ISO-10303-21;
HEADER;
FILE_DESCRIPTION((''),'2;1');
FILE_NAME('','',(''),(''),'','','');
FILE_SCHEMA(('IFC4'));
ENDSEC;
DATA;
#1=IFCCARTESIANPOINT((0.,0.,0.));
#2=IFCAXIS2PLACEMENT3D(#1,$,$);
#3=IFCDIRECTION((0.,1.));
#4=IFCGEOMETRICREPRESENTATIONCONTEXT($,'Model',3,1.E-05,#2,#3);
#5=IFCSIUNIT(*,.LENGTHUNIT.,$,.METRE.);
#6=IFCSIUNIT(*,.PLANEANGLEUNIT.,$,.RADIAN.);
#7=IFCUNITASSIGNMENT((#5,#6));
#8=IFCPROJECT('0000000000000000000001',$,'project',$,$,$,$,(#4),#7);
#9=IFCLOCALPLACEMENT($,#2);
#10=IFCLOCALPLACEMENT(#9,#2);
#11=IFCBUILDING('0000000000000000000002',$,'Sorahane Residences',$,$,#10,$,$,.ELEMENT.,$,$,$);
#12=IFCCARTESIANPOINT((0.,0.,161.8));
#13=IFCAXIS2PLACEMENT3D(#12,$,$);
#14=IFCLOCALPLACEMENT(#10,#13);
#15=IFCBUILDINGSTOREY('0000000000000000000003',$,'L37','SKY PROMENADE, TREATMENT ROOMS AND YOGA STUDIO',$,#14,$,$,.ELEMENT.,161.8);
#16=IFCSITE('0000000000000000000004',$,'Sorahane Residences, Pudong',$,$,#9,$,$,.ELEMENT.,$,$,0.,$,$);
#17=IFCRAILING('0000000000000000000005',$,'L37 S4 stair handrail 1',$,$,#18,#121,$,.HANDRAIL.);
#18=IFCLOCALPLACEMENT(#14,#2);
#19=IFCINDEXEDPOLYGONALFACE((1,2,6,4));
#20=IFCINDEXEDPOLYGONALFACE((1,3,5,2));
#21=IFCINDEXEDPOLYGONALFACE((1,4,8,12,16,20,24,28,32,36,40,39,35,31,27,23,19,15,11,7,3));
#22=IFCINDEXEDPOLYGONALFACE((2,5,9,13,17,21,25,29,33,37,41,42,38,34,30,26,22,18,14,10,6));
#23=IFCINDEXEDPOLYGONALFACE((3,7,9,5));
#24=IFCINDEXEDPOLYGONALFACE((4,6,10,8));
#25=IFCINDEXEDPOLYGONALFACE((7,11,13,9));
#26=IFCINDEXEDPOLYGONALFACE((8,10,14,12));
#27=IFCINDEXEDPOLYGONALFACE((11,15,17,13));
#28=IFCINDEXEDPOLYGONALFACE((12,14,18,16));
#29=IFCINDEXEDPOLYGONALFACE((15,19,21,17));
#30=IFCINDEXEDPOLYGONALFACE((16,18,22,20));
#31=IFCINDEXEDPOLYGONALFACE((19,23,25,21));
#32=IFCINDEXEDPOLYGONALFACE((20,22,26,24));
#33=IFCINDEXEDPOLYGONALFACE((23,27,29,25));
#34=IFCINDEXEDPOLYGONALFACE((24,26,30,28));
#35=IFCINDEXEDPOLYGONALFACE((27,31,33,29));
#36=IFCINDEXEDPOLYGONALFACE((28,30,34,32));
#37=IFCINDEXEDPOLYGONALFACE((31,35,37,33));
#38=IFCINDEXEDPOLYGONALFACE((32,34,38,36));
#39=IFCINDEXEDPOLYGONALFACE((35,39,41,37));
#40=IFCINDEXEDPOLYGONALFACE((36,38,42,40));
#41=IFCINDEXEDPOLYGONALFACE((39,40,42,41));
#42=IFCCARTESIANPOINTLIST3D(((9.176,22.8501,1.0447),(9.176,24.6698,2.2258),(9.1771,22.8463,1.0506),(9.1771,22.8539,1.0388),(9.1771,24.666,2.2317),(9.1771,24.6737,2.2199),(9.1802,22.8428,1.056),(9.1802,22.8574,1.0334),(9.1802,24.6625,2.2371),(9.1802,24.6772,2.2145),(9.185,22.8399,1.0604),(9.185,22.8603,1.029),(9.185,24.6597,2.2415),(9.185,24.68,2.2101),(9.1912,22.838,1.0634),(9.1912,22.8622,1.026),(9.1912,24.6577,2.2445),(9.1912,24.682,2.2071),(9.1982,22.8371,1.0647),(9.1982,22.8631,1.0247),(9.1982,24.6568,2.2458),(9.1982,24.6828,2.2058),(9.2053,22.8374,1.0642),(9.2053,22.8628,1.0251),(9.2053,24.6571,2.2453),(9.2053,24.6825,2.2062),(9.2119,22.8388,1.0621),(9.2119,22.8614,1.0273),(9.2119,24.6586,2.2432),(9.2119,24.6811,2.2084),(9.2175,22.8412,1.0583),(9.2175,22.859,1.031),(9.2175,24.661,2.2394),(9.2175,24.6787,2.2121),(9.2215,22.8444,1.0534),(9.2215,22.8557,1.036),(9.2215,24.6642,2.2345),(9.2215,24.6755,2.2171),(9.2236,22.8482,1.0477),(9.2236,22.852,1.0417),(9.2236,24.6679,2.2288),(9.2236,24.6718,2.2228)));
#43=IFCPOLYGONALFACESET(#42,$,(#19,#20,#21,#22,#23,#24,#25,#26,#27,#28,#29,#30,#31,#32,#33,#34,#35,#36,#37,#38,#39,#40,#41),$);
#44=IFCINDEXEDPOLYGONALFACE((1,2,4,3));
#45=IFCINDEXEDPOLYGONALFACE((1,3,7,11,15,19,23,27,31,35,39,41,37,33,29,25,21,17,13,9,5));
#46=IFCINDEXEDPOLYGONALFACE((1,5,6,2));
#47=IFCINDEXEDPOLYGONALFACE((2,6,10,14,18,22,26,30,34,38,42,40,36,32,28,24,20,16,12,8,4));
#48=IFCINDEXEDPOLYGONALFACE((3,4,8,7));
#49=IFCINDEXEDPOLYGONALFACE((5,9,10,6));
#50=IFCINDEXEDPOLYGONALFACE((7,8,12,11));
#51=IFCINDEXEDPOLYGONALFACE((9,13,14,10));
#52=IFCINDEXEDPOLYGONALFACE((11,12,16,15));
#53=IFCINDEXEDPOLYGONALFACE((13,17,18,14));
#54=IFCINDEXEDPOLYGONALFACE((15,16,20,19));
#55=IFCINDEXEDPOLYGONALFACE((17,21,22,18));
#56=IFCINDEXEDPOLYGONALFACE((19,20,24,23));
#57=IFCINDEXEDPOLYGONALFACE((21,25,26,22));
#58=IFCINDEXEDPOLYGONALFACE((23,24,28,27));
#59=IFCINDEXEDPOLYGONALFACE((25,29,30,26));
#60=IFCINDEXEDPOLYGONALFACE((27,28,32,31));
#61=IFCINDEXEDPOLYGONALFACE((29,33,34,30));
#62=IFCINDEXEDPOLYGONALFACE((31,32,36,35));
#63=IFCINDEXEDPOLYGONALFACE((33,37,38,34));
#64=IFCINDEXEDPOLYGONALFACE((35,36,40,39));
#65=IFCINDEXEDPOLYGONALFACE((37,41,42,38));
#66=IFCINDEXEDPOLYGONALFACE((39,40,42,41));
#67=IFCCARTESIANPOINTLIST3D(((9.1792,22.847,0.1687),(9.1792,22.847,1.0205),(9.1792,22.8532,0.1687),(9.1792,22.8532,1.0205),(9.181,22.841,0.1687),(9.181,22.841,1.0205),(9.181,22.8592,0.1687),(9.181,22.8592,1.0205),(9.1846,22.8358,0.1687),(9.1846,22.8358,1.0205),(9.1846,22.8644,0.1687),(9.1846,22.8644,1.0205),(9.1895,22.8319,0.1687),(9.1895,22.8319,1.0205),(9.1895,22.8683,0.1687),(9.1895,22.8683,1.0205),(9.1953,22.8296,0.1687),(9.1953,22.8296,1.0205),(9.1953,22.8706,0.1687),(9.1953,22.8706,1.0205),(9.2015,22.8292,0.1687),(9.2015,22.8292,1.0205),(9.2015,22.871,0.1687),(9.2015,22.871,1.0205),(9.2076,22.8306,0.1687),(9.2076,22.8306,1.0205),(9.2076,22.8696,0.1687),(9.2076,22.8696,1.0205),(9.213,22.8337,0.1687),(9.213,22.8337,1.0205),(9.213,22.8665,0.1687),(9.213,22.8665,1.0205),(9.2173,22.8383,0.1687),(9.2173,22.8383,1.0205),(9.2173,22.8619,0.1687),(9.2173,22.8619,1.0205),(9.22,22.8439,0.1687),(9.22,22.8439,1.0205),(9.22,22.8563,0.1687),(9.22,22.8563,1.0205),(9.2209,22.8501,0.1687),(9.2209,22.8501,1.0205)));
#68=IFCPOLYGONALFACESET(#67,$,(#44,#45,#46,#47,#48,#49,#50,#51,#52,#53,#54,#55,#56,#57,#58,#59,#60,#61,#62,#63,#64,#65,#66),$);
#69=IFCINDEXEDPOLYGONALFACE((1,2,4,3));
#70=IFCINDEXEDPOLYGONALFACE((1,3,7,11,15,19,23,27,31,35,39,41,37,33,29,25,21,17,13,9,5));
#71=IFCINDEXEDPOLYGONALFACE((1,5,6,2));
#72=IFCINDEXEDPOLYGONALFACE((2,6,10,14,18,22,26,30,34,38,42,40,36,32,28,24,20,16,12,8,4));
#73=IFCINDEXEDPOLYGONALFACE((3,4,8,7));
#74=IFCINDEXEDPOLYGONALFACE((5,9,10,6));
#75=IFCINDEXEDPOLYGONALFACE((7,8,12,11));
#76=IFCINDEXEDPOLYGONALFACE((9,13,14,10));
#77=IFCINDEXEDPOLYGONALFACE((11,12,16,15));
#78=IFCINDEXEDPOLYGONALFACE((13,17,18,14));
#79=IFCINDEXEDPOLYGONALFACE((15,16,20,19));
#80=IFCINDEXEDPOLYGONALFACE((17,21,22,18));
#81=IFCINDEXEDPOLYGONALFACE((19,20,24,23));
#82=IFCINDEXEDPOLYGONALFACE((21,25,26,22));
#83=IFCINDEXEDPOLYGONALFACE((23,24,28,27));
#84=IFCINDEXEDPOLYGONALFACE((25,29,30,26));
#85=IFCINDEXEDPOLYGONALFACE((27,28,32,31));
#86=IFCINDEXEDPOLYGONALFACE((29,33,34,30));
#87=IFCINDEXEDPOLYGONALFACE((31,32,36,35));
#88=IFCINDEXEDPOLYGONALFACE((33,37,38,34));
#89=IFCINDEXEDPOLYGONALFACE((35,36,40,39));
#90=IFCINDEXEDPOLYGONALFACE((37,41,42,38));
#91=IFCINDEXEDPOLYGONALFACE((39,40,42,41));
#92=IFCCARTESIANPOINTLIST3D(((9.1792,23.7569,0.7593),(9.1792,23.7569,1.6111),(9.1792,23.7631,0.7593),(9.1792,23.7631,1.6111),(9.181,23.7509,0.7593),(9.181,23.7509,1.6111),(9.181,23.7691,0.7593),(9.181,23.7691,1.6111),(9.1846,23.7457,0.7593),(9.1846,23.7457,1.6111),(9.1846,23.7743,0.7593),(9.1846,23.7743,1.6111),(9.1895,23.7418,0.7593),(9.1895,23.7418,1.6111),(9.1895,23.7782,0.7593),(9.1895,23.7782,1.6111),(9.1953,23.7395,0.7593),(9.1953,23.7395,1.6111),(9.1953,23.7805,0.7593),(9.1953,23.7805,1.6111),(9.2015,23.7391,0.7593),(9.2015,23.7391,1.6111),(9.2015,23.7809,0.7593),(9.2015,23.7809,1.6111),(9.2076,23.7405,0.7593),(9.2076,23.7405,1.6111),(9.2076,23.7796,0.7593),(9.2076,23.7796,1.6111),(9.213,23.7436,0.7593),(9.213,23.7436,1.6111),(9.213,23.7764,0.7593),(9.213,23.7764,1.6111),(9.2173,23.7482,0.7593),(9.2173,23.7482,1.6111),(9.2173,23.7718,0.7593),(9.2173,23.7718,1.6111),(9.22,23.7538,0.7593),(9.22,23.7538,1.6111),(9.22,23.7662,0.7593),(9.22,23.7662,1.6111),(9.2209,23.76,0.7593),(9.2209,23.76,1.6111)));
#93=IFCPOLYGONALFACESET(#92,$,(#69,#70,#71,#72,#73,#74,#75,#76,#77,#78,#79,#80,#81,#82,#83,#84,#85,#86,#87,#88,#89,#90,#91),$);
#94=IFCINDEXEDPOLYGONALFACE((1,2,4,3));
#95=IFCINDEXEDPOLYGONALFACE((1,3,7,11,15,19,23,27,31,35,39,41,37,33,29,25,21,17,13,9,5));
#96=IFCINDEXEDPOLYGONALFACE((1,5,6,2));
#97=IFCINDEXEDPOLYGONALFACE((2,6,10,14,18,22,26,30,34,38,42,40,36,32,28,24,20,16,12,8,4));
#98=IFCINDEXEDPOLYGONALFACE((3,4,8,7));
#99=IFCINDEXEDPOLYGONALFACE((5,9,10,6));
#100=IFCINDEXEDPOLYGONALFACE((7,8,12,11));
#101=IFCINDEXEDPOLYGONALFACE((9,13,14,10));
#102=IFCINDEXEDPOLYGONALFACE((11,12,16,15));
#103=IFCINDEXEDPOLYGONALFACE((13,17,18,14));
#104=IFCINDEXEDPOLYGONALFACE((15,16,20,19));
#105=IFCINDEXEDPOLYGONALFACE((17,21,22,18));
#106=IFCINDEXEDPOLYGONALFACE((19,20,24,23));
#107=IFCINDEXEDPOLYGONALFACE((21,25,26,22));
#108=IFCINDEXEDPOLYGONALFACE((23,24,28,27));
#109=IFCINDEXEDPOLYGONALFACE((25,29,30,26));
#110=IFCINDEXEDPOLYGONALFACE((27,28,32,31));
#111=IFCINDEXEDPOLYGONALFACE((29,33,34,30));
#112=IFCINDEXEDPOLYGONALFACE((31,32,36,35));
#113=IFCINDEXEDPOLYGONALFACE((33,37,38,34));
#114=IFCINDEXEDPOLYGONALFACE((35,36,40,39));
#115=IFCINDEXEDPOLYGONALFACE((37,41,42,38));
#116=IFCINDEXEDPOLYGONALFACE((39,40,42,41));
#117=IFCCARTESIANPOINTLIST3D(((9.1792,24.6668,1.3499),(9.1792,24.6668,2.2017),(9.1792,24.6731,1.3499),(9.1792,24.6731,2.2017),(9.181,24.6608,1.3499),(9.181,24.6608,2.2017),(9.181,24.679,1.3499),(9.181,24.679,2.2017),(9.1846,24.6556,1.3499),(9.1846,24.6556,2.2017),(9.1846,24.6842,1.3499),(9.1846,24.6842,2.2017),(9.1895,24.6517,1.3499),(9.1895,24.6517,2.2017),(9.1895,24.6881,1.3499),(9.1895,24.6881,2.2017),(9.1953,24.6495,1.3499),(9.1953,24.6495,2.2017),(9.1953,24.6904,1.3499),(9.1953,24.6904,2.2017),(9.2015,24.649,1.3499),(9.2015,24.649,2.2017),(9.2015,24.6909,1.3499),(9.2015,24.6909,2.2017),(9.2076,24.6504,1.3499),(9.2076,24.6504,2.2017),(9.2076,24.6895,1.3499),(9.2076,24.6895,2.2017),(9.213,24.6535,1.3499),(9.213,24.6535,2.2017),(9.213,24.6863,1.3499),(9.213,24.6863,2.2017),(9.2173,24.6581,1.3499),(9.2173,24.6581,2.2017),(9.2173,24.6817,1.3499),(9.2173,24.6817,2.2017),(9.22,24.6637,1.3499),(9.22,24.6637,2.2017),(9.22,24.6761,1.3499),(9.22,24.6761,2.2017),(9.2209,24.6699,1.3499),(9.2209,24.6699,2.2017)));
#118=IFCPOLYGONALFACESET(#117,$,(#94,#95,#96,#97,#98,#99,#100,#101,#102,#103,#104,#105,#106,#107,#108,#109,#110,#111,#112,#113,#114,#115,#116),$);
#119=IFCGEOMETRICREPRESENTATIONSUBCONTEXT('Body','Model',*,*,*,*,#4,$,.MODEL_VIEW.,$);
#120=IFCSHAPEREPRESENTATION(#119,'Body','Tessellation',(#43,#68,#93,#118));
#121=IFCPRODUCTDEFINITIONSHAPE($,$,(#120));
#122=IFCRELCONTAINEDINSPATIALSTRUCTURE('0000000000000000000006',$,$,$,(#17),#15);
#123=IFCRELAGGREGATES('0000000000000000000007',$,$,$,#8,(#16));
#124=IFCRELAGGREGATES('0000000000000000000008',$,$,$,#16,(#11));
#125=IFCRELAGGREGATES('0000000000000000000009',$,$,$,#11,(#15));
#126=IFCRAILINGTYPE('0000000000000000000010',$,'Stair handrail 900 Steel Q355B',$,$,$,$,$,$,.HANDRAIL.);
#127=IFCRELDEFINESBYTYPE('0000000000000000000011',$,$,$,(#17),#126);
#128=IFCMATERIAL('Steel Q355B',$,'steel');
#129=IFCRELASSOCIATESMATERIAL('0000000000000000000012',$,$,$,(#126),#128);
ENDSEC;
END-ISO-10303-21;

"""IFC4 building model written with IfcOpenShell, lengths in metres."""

from ifc_helpers import new_model, si_unit, direction, frame, origin, origin_2d, place, context, subcontext, project, spatial, circle, extrude, material, type_object, element, save


model = new_model("IFC4")

# Units and contexts
model_context = context("Model", 3, precision=1e-05, world=origin(), true_north=direction((0.0, 1.0)))
body_context = subcontext(model_context, "Body", "Model", "MODEL_VIEW")
ifc_project = project(units=[si_unit("LENGTHUNIT", "METRE"), si_unit("PLANEANGLEUNIT", "RADIAN")], contexts=[model_context])

# Site, building, storey
site_placement = place(None, origin())
site = spatial("IfcSite", under=ifc_project, at=site_placement, Name="Sorahane Residences, Pudong", CompositionType="ELEMENT", RefElevation=0.0)
building_placement = place(site_placement, origin())
building = spatial("IfcBuilding", under=site, at=building_placement, Name="Sorahane Residences", CompositionType="ELEMENT")
storey_placement = place(building_placement, frame((0.0, 0.0, 161.8)))
storey = spatial("IfcBuildingStorey", under=building, at=storey_placement, Name="L37", Description="SKY PROMENADE, TREATMENT ROOMS AND YOGA STUDIO", CompositionType="ELEMENT", Elevation=161.8)

# Railing
ifc_material_1 = material(Name="Steel Q355B", Category="steel")
railing_type_1 = type_object("IfcRailingType", Name="Stair handrail 900 Steel Q355B", PredefinedType="HANDRAIL", material=ifc_material_1)
railing_1_placement = place(storey_placement, frame((9.2, 22.8501, 0.1687)))
element("IfcRailing", 1, at=railing_1_placement, inside=storey, type_object=railing_type_1, Name="L37 S4 stair handrail 1", PredefinedType="HANDRAIL", context=body_context, shape_type="SweptSolid", body=[
    extrude(circle(Radius=0.0239, at=origin_2d()), frame((0.0, 0.0, 0.876), z_axis=(0.0, 0.838809, 0.544427), x_axis=(-1.0, 0.0, 0.0)), (0.0, 0.0, 1.0), 2.1694),
    extrude(circle(Radius=0.021, at=origin_2d()), origin(), (0.0, 0.0, 1.0), 0.8518),
    extrude(circle(Radius=0.021, at=origin_2d()), frame((0.0, 0.9099, 0.5906)), (0.0, 0.0, 1.0), 0.8518),
    extrude(circle(Radius=0.021, at=origin_2d()), frame((0.0, 1.8198, 1.1812)), (0.0, 0.0, 1.0), 0.8518),
])

save(model, "model.ifc")
